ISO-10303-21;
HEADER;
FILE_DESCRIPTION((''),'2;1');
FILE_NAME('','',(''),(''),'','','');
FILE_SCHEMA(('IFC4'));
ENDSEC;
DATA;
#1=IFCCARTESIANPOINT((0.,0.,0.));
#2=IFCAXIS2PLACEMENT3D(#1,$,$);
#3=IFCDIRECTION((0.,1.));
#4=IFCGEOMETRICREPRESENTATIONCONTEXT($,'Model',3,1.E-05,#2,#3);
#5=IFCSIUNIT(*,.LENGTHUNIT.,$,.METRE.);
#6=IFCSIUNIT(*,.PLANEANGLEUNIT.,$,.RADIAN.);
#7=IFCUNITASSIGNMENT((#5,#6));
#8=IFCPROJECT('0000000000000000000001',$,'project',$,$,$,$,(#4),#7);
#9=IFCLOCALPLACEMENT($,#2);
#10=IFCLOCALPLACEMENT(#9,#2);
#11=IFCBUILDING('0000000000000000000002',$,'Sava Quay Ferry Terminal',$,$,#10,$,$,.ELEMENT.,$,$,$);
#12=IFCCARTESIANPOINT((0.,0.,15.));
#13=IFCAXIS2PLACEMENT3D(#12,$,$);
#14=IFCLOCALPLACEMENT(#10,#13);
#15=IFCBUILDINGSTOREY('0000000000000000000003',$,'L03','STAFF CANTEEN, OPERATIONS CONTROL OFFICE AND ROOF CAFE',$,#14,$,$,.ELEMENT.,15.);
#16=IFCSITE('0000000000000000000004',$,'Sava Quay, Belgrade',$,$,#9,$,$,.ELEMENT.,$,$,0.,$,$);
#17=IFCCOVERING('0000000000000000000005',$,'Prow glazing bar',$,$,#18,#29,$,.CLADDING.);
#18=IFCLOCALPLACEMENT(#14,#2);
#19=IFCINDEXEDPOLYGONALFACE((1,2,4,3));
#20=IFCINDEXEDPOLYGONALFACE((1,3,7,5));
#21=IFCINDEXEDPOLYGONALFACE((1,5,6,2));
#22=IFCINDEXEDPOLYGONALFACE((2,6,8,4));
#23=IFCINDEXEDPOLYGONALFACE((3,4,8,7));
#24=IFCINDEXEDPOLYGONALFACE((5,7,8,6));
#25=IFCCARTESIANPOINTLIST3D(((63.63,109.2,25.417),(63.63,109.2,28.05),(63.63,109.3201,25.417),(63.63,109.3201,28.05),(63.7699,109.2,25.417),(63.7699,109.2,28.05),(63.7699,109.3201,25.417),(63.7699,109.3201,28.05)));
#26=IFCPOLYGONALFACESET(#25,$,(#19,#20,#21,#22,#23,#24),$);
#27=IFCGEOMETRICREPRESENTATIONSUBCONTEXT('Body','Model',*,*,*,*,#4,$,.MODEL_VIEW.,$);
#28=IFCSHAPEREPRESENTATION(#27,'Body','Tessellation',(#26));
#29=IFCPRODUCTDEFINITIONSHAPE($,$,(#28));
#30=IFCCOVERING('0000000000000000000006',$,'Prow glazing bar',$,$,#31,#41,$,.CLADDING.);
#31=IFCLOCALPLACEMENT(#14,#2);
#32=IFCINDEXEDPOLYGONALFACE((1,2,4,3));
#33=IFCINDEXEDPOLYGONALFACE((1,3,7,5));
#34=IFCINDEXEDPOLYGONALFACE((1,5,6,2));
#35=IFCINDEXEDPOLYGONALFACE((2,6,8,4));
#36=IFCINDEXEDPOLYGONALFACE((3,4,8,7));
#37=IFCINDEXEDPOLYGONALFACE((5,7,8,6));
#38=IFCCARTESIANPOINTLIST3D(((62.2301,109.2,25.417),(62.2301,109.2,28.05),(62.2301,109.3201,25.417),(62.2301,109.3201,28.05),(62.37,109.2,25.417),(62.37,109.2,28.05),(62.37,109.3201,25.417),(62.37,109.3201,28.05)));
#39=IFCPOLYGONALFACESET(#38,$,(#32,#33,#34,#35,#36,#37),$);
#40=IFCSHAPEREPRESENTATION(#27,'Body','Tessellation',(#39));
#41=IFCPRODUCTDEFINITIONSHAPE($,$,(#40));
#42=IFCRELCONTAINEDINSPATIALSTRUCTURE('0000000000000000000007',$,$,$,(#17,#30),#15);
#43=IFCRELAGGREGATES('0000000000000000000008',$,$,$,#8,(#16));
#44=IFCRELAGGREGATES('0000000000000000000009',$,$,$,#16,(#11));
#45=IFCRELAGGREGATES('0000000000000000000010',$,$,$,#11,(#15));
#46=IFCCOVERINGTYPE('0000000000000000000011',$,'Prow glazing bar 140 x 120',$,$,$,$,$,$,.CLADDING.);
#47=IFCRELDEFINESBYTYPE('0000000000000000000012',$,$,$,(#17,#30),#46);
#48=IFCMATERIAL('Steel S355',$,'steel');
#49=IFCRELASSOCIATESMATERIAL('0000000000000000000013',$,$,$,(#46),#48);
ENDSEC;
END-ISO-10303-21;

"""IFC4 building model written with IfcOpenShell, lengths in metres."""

from ifc_helpers import new_model, si_unit, direction, frame, origin, origin_2d, place, context, subcontext, project, spatial, rectangle, extrude, material, material_profile, profile_set, type_object, element, save


model = new_model("IFC4")

# Units and contexts
model_context = context("Model", 3, precision=1e-05, world=origin(), true_north=direction((0.0, 1.0)))
body_context = subcontext(model_context, "Body", "Model", "MODEL_VIEW")
ifc_project = project(units=[si_unit("LENGTHUNIT", "METRE"), si_unit("PLANEANGLEUNIT", "RADIAN")], contexts=[model_context])

# Site, building, storey
site_placement = place(None, origin())
site = spatial("IfcSite", under=ifc_project, at=site_placement, Name="Sava Quay, Belgrade", CompositionType="ELEMENT", RefElevation=0.0)
building_placement = place(site_placement, origin())
building = spatial("IfcBuilding", under=site, at=building_placement, Name="Sava Quay Ferry Terminal", CompositionType="ELEMENT")
storey_placement = place(building_placement, frame((0.0, 0.0, 15.0)))
storey = spatial("IfcBuildingStorey", under=building, at=storey_placement, Name="L03", Description="STAFF CANTEEN, OPERATIONS CONTROL OFFICE AND ROOF CAFE", CompositionType="ELEMENT", Elevation=15.0)

# Coverings
ifc_material_1 = material(Name="Steel S355", Category="steel")
ifc_material_profile_1 = material_profile(ifc_material_1, rectangle(XDim=0.1399, YDim=0.1201, at=origin_2d()), Name="Strip 140 x 120")
ifc_profile_set_1 = profile_set([ifc_material_profile_1], Name="Steel S355")
covering_type_1 = type_object("IfcCoveringType", Name="Prow glazing bar 140 x 120", PredefinedType="CLADDING", material=ifc_profile_set_1)
for number, where, z_axis, x_axis, name in (
    (1, (63.7, 109.26, 25.417), (0.0, 0.0, 1.0), (1.0, 0.0, 0.0), "Prow glazing bar"),
    (2, (62.3, 109.26, 25.417), (0.0, 0.0, 1.0), (1.0, 0.0, 0.0), "Prow glazing bar"),
):
    element("IfcCovering", number, at=place(storey_placement, frame(where, z_axis=z_axis, x_axis=x_axis)), inside=storey, type_object=covering_type_1, Name=name, PredefinedType="CLADDING", context=body_context, shape_type="SweptSolid", body=[
        extrude(rectangle(XDim=0.1399, YDim=0.1201, at=origin_2d()), origin(), (0.0, 0.0, 1.0), 2.6331),
    ])

save(model, "model.ifc")
